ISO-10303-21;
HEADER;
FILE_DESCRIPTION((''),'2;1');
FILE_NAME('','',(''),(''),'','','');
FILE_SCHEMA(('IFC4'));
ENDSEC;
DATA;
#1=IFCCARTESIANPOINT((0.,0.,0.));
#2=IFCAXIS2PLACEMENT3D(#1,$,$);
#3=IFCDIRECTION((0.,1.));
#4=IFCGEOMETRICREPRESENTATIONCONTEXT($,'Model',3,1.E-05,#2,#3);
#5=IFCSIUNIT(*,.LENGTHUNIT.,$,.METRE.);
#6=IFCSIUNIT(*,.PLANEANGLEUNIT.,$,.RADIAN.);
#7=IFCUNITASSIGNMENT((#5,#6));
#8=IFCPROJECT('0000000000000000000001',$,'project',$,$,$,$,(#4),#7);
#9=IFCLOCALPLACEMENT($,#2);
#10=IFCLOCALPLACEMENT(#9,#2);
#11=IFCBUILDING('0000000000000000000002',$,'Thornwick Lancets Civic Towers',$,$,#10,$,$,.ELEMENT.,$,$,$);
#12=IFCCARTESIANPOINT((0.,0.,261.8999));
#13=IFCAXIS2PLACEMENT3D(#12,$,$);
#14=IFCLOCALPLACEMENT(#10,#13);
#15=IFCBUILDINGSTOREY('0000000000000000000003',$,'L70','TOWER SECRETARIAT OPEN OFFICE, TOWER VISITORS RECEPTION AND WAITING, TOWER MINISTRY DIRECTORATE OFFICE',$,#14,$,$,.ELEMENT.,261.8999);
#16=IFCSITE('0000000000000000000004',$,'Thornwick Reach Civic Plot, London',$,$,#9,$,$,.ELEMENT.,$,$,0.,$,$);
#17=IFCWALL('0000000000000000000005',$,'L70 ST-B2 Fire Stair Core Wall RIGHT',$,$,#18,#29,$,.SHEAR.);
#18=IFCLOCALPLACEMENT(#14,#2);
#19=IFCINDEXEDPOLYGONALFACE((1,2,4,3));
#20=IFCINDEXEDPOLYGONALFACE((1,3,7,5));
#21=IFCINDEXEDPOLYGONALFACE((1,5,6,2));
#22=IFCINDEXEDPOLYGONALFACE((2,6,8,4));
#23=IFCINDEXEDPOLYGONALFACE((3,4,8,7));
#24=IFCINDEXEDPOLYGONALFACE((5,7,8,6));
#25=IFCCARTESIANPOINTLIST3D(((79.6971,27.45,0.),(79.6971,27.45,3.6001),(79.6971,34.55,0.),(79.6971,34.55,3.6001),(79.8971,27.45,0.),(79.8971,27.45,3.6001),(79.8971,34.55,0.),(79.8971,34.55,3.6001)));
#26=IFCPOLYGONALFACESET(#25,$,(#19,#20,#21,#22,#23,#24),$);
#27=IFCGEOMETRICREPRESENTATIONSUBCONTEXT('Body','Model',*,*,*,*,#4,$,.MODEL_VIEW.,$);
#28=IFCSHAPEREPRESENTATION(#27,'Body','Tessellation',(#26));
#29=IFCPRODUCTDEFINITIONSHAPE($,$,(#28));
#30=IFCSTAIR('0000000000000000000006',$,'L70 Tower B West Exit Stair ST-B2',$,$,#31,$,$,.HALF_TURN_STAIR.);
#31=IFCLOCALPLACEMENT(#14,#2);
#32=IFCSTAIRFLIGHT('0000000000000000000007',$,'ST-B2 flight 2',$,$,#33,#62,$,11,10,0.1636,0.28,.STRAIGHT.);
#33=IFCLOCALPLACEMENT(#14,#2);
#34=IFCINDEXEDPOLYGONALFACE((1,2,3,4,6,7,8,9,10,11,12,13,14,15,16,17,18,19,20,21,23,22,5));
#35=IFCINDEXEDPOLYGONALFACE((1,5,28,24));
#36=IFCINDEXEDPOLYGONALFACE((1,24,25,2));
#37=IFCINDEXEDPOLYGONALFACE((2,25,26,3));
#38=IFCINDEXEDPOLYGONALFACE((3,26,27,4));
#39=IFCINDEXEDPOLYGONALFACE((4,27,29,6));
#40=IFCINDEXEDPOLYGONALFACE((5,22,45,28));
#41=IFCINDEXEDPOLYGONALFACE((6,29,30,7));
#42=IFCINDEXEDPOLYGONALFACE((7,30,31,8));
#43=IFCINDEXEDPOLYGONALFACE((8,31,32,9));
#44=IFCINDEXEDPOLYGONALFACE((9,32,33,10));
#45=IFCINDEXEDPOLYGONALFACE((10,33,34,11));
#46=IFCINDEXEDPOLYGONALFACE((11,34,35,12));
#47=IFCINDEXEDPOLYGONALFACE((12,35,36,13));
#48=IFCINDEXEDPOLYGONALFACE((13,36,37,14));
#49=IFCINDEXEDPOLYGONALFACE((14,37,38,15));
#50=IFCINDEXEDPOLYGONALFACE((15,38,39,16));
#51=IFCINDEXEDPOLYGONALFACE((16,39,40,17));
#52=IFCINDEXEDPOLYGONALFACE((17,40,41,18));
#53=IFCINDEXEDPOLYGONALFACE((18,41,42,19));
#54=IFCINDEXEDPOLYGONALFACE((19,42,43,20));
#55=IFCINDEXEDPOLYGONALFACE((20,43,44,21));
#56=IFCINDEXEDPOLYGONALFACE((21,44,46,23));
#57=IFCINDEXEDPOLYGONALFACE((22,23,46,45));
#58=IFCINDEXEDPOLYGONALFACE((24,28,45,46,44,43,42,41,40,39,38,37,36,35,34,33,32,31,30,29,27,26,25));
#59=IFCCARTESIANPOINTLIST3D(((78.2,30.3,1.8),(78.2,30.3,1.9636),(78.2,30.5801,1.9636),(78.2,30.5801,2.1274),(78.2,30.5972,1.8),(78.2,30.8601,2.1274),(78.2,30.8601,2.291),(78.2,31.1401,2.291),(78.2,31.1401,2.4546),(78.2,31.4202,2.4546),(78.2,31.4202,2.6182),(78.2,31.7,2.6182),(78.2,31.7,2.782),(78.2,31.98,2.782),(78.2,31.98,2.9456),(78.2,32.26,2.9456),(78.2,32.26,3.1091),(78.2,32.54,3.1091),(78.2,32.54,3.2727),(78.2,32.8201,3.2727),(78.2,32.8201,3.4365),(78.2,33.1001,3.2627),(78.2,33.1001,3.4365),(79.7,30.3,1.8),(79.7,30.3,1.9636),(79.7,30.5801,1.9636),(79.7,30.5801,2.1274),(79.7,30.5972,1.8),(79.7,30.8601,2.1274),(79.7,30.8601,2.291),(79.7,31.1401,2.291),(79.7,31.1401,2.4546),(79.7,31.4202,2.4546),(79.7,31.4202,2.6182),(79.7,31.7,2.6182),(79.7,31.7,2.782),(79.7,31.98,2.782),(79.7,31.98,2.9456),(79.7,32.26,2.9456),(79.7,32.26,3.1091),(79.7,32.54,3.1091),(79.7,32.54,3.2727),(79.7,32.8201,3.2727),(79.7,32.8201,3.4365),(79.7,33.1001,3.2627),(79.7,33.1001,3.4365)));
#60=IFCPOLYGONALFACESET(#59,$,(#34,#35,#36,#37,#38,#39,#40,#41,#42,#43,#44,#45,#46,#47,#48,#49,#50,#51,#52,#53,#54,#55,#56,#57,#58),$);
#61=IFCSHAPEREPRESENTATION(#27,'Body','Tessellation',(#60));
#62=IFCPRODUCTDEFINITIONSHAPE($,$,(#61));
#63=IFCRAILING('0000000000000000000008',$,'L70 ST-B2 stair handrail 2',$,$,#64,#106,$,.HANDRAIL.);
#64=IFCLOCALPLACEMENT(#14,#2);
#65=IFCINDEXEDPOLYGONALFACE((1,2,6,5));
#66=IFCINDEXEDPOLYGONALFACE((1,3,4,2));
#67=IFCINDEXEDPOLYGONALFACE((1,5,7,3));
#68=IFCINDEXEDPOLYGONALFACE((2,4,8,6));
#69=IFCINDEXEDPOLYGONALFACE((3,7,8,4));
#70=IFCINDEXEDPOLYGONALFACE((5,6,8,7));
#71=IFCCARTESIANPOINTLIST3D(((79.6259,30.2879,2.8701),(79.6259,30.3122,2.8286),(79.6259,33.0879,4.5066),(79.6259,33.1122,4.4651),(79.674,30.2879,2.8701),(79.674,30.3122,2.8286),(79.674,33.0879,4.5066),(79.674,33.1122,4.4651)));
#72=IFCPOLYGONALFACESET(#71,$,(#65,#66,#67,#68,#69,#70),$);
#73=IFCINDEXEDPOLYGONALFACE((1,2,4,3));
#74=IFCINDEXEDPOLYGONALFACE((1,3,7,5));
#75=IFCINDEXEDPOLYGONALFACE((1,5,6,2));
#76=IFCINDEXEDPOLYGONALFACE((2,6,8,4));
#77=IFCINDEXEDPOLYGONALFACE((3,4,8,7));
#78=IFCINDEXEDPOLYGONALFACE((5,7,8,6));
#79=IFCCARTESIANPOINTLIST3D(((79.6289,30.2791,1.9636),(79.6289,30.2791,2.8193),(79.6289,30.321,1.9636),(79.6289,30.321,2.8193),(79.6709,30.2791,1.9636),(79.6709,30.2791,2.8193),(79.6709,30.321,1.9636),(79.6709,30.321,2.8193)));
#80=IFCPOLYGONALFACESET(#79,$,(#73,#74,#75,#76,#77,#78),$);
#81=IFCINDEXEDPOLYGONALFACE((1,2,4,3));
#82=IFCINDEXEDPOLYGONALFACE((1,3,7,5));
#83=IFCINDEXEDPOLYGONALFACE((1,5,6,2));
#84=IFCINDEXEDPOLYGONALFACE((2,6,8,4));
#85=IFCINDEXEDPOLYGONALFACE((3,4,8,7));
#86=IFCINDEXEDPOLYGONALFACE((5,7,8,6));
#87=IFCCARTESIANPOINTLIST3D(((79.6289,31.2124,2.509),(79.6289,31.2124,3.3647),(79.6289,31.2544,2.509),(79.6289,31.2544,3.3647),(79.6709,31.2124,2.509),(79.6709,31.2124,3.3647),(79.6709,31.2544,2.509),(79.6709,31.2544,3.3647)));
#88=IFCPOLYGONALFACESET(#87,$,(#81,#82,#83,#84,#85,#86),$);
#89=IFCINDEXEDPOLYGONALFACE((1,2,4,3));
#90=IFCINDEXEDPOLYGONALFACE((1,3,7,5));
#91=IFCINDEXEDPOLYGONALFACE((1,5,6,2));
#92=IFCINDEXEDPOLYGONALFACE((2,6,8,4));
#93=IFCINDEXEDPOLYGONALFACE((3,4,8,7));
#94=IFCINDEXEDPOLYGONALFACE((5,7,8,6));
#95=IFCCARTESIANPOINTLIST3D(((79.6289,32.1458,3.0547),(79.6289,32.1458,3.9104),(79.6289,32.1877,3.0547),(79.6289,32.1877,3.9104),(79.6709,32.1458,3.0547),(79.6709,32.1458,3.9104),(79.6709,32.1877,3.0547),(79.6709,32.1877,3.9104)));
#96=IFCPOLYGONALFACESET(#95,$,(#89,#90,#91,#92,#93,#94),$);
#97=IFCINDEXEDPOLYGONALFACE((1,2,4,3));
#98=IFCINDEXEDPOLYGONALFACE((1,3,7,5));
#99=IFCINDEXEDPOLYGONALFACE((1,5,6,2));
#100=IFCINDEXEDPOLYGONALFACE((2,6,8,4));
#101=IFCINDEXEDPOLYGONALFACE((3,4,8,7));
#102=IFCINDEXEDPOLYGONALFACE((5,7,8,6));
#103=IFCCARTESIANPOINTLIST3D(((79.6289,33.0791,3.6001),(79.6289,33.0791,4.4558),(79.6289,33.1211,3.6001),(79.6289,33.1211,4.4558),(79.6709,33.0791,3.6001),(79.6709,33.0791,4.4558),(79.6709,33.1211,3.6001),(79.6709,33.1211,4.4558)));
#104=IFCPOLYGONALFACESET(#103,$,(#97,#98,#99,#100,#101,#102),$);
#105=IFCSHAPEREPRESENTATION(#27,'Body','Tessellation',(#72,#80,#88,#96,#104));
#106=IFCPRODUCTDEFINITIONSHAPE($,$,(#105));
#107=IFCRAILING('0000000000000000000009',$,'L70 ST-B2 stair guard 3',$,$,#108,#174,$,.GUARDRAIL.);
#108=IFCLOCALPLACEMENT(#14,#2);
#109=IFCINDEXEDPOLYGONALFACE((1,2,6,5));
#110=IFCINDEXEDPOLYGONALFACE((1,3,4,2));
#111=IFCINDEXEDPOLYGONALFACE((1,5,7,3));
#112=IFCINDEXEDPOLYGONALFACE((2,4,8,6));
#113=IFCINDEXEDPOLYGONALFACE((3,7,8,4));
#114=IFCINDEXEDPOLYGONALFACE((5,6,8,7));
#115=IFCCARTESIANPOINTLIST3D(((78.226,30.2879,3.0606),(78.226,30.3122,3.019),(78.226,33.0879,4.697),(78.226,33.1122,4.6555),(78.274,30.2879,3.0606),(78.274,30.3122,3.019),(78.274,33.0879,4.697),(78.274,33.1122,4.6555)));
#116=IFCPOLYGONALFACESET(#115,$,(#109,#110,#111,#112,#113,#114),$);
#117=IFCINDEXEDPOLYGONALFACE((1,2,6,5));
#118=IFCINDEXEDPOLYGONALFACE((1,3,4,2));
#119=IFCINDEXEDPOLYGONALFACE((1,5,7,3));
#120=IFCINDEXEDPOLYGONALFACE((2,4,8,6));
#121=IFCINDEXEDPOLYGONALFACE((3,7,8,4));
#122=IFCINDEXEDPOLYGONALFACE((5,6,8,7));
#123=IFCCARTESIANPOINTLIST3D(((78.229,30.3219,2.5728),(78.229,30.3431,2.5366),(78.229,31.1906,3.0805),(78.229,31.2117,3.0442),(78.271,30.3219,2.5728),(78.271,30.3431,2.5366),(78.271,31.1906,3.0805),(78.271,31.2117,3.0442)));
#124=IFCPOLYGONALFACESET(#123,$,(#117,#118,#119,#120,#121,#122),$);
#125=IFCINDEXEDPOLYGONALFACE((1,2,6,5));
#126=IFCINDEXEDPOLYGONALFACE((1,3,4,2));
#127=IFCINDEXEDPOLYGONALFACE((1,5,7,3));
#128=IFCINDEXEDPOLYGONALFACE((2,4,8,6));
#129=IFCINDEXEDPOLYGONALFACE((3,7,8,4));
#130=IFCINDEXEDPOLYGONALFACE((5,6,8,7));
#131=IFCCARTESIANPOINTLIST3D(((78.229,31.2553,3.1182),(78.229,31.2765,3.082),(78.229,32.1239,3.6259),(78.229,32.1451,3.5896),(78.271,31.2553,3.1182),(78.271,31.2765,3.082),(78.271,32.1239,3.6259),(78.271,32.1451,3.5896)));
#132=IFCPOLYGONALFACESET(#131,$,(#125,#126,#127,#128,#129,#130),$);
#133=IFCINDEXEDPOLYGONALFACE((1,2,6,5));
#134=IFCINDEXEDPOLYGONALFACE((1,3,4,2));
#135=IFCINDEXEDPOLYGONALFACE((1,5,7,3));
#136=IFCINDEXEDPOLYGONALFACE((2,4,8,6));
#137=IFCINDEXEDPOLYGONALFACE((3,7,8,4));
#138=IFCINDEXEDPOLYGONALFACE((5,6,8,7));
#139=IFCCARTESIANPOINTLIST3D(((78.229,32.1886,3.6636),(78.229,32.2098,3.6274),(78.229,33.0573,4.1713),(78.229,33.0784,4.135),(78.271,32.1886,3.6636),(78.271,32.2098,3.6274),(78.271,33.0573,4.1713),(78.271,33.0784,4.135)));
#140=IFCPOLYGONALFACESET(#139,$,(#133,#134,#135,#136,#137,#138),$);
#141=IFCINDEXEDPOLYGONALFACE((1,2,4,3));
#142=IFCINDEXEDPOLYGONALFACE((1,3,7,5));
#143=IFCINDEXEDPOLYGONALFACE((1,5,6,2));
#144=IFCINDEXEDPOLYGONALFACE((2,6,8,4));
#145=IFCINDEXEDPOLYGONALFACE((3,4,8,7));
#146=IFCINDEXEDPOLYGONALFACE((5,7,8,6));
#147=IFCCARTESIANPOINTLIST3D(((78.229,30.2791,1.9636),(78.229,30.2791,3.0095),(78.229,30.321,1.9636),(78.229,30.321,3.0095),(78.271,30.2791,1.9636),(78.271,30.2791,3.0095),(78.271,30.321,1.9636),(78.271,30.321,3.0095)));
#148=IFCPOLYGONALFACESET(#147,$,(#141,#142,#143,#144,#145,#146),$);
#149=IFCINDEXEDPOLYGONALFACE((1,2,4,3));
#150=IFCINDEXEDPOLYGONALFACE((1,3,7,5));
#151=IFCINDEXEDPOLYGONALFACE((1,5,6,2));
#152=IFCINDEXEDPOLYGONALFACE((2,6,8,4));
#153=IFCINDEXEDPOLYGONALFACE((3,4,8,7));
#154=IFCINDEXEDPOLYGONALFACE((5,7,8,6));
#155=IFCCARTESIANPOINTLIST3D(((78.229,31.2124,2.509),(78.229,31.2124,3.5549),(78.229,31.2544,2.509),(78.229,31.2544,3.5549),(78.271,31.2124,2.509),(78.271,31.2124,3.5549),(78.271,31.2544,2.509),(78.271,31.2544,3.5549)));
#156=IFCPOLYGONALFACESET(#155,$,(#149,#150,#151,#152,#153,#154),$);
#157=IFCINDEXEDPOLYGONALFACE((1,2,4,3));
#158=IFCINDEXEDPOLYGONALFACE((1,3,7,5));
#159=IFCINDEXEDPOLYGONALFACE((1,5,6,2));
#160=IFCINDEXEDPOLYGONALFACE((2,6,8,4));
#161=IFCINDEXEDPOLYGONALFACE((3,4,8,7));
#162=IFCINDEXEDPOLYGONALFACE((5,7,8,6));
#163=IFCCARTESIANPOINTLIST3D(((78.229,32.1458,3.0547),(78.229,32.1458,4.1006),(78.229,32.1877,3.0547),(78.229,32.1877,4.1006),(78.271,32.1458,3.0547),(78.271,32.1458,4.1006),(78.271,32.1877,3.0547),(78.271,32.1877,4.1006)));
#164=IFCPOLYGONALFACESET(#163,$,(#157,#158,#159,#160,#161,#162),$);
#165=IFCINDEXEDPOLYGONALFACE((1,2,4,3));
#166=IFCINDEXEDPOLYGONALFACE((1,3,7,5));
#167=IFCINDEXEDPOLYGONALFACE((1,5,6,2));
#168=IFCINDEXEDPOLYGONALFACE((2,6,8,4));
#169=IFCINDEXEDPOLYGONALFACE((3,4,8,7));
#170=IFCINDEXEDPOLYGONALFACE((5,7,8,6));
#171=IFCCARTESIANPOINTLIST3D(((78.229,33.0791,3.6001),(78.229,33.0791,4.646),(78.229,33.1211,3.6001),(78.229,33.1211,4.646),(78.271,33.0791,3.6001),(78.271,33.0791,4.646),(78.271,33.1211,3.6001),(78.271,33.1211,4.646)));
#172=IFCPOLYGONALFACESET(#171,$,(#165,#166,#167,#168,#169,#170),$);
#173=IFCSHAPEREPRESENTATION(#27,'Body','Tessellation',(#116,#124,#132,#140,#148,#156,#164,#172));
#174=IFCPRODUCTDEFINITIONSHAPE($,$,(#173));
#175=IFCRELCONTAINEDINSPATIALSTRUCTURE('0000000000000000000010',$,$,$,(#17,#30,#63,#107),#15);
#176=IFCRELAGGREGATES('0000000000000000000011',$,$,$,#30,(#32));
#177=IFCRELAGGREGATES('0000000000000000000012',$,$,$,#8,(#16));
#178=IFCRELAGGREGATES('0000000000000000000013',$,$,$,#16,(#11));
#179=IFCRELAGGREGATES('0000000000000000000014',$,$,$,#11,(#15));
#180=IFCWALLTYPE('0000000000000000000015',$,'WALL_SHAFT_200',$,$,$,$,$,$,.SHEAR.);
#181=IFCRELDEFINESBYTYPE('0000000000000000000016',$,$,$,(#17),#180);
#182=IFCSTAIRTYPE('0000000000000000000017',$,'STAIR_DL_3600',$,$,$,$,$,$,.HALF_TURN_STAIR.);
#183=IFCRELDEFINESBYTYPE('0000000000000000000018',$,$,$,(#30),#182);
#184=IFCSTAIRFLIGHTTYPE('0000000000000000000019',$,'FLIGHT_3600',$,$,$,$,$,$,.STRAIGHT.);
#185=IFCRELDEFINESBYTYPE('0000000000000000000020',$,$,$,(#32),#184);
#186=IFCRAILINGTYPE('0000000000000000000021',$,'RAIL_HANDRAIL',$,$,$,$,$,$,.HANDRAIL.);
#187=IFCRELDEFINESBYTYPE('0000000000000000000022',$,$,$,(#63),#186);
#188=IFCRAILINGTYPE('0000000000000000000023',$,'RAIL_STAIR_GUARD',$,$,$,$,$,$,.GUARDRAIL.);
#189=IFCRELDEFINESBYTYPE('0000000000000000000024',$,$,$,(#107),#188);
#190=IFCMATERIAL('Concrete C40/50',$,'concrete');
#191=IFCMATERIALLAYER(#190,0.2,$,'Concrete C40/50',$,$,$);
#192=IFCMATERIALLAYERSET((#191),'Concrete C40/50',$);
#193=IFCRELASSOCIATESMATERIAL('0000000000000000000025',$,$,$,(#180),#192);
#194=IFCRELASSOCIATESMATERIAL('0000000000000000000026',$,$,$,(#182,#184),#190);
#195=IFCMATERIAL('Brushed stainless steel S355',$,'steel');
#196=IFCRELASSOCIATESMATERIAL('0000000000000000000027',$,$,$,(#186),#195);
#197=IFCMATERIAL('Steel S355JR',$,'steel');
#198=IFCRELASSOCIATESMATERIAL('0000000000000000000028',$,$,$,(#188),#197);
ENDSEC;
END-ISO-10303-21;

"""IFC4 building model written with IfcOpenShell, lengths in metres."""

from ifc_helpers import new_model, si_unit, direction, frame, frame_2d, origin, origin_2d, place, context, subcontext, project, spatial, polyline, rectangle, outline, extrude, material, layer, layer_set, type_object, element, aggregate, save


model = new_model("IFC4")

# Units and contexts
model_context = context("Model", 3, precision=1e-05, world=origin(), true_north=direction((0.0, 1.0)))
body_context = subcontext(model_context, "Body", "Model", "MODEL_VIEW")
ifc_project = project(units=[si_unit("LENGTHUNIT", "METRE"), si_unit("PLANEANGLEUNIT", "RADIAN")], contexts=[model_context])

# Site, building, storey
site_placement = place(None, origin())
site = spatial("IfcSite", under=ifc_project, at=site_placement, Name="Thornwick Reach Civic Plot, London", CompositionType="ELEMENT", RefElevation=0.0)
building_placement = place(site_placement, origin())
building = spatial("IfcBuilding", under=site, at=building_placement, Name="Thornwick Lancets Civic Towers", CompositionType="ELEMENT")
storey_placement = place(building_placement, frame((0.0, 0.0, 261.8999)))
storey = spatial("IfcBuildingStorey", under=building, at=storey_placement, Name="L70", Description="TOWER SECRETARIAT OPEN OFFICE, TOWER VISITORS RECEPTION AND WAITING, TOWER MINISTRY DIRECTORATE OFFICE", CompositionType="ELEMENT", Elevation=261.8999)

# Shared definitions
ifc_material_1 = material(Name="Steel S355JR", Category="steel")

# Wall
ifc_material_2 = material(Name="Concrete C40/50", Category="concrete")
ifc_layer_1 = layer(ifc_material_2, 0.2, Name="Concrete C40/50")
ifc_layer_set_1 = layer_set([ifc_layer_1], Name="Concrete C40/50")
wall_type_1 = type_object("IfcWallType", Name="WALL_SHAFT_200", PredefinedType="SHEAR", material=ifc_layer_set_1)
wall_1_placement = place(storey_placement, frame((79.7971, 27.45, 0.0), z_axis=(0.0, 0.0, 1.0), x_axis=(0.0, 1.0, 0.0)))
element("IfcWall", 1, at=wall_1_placement, inside=storey, type_object=wall_type_1, Name="L70 ST-B2 Fire Stair Core Wall RIGHT", PredefinedType="SHEAR", context=body_context, shape_type="SweptSolid", body=[
    extrude(rectangle(XDim=7.1001, YDim=0.2, at=frame_2d((3.55, 0.0))), origin(), (0.0, 0.0, 1.0), 3.6001),
])

# Stair, stair flight
stair_type = type_object("IfcStairType", Name="STAIR_DL_3600", PredefinedType="HALF_TURN_STAIR", material=ifc_material_2)
stair_placement = place(storey_placement, origin())
stair = element("IfcStair", 2, at=stair_placement, inside=storey, type_object=stair_type, Name="L70 Tower B West Exit Stair ST-B2", PredefinedType="HALF_TURN_STAIR")
stair_flight_type = type_object("IfcStairFlightType", Name="FLIGHT_3600", PredefinedType="STRAIGHT", material=ifc_material_2)
stair_flight_placement = place(storey_placement, frame((78.95, 30.3, 1.8), z_axis=(0.0, 0.0, 1.0), x_axis=(0.0, 1.0, 0.0)))
stair_flight = element("IfcStairFlight", 3, at=stair_flight_placement, type_object=stair_flight_type, Name="ST-B2 flight 2", NumberOfRisers=11, NumberOfTreads=10, PredefinedType="STRAIGHT", RiserHeight=0.1636, TreadLength=0.28, context=body_context, shape_type="SweptSolid", body=[
    extrude(outline(polyline([(0.0, 0.0), (0.0, 0.1636), (0.28, 0.1636), (0.28, 0.3274), (0.5601, 0.3274), (0.5601, 0.491), (0.8401, 0.491), (0.8401, 0.6545), (1.1201, 0.6545), (1.1201, 0.8181), (1.3999, 0.8181), (1.3999, 0.9819), (1.6799, 0.9819), (1.6799, 1.1455), (1.96, 1.1455), (1.96, 1.3091), (2.24, 1.3091), (2.24, 1.4727), (2.52, 1.4727), (2.52, 1.6365), (2.8, 1.6365), (2.8, 1.8), (2.8, 1.4626), (0.2971, 0.0), (0.0, 0.0)])), frame((0.0, 0.75, 0.0), z_axis=(0.0, -1.0, 0.0), x_axis=(1.0, 0.0, 0.0)), (0.0, 0.0, 1.0), 1.5),
])
aggregate(stair, [stair_flight])

# Railings
ifc_material_3 = material(Name="Brushed stainless steel S355", Category="steel")
railing_type_1 = type_object("IfcRailingType", Name="RAIL_HANDRAIL", PredefinedType="HANDRAIL", material=ifc_material_3)
railing_1_placement = place(storey_placement, frame((79.6499, 30.3, 1.9636)))
element("IfcRailing", 4, at=railing_1_placement, inside=storey, type_object=railing_type_1, Name="L70 ST-B2 stair handrail 2", PredefinedType="HANDRAIL", context=body_context, shape_type="SweptSolid", body=[
    extrude(rectangle(XDim=0.0481, YDim=0.0481, at=origin_2d()), frame((0.0, 0.0, 0.8857), z_axis=(0.0, 0.863361, 0.504587), x_axis=(-1.0, 0.0, 0.0)), (0.0, 0.0, 1.0), 3.2432),
    extrude(rectangle(XDim=0.042, YDim=0.042, at=origin_2d()), origin(), (0.0, 0.0, 1.0), 0.8557),
    extrude(rectangle(XDim=0.042, YDim=0.042, at=origin_2d()), frame((0.0, 0.9333, 0.5454)), (0.0, 0.0, 1.0), 0.8557),
    extrude(rectangle(XDim=0.042, YDim=0.042, at=origin_2d()), frame((0.0, 1.8667, 1.0911)), (0.0, 0.0, 1.0), 0.8557),
    extrude(rectangle(XDim=0.042, YDim=0.042, at=origin_2d()), frame((0.0, 2.8, 1.6365)), (0.0, 0.0, 1.0), 0.8557),
])
railing_type_2 = type_object("IfcRailingType", Name="RAIL_STAIR_GUARD", PredefinedType="GUARDRAIL", material=ifc_material_1)
railing_2_placement = place(storey_placement, frame((78.25, 30.3, 1.9636)))
element("IfcRailing", 5, at=railing_2_placement, inside=storey, type_object=railing_type_2, Name="L70 ST-B2 stair guard 3", PredefinedType="GUARDRAIL", context=body_context, shape_type="SweptSolid", body=[
    extrude(rectangle(XDim=0.0481, YDim=0.0481, at=origin_2d()), frame((0.0, 0.0, 1.0762), z_axis=(0.0, 0.863361, 0.504587), x_axis=(-1.0, 0.0, 0.0)), (0.0, 0.0, 1.0), 3.2432),
    extrude(rectangle(XDim=0.042, YDim=0.042, at=origin_2d()), frame((0.0, 0.0325, 0.5911), z_axis=(0.0, 0.863361, 0.504587), x_axis=(-1.0, 0.0, 0.0)), (0.0, 0.0, 1.0), 1.0061),
    extrude(rectangle(XDim=0.042, YDim=0.042, at=origin_2d()), frame((0.0, 0.9658, 1.1365), z_axis=(0.0, 0.863361, 0.504587), x_axis=(-1.0, 0.0, 0.0)), (0.0, 0.0, 1.0), 1.0061),
    extrude(rectangle(XDim=0.042, YDim=0.042, at=origin_2d()), frame((0.0, 1.8992, 1.6819), z_axis=(0.0, 0.863361, 0.504587), x_axis=(-1.0, 0.0, 0.0)), (0.0, 0.0, 1.0), 1.0061),
    extrude(rectangle(XDim=0.042, YDim=0.042, at=origin_2d()), origin(), (0.0, 0.0, 1.0), 1.0459),
    extrude(rectangle(XDim=0.042, YDim=0.042, at=origin_2d()), frame((0.0, 0.9333, 0.5454)), (0.0, 0.0, 1.0), 1.0459),
    extrude(rectangle(XDim=0.042, YDim=0.042, at=origin_2d()), frame((0.0, 1.8667, 1.0911)), (0.0, 0.0, 1.0), 1.0459),
    extrude(rectangle(XDim=0.042, YDim=0.042, at=origin_2d()), frame((0.0, 2.8, 1.6365)), (0.0, 0.0, 1.0), 1.0459),
])

save(model, "model.ifc")
